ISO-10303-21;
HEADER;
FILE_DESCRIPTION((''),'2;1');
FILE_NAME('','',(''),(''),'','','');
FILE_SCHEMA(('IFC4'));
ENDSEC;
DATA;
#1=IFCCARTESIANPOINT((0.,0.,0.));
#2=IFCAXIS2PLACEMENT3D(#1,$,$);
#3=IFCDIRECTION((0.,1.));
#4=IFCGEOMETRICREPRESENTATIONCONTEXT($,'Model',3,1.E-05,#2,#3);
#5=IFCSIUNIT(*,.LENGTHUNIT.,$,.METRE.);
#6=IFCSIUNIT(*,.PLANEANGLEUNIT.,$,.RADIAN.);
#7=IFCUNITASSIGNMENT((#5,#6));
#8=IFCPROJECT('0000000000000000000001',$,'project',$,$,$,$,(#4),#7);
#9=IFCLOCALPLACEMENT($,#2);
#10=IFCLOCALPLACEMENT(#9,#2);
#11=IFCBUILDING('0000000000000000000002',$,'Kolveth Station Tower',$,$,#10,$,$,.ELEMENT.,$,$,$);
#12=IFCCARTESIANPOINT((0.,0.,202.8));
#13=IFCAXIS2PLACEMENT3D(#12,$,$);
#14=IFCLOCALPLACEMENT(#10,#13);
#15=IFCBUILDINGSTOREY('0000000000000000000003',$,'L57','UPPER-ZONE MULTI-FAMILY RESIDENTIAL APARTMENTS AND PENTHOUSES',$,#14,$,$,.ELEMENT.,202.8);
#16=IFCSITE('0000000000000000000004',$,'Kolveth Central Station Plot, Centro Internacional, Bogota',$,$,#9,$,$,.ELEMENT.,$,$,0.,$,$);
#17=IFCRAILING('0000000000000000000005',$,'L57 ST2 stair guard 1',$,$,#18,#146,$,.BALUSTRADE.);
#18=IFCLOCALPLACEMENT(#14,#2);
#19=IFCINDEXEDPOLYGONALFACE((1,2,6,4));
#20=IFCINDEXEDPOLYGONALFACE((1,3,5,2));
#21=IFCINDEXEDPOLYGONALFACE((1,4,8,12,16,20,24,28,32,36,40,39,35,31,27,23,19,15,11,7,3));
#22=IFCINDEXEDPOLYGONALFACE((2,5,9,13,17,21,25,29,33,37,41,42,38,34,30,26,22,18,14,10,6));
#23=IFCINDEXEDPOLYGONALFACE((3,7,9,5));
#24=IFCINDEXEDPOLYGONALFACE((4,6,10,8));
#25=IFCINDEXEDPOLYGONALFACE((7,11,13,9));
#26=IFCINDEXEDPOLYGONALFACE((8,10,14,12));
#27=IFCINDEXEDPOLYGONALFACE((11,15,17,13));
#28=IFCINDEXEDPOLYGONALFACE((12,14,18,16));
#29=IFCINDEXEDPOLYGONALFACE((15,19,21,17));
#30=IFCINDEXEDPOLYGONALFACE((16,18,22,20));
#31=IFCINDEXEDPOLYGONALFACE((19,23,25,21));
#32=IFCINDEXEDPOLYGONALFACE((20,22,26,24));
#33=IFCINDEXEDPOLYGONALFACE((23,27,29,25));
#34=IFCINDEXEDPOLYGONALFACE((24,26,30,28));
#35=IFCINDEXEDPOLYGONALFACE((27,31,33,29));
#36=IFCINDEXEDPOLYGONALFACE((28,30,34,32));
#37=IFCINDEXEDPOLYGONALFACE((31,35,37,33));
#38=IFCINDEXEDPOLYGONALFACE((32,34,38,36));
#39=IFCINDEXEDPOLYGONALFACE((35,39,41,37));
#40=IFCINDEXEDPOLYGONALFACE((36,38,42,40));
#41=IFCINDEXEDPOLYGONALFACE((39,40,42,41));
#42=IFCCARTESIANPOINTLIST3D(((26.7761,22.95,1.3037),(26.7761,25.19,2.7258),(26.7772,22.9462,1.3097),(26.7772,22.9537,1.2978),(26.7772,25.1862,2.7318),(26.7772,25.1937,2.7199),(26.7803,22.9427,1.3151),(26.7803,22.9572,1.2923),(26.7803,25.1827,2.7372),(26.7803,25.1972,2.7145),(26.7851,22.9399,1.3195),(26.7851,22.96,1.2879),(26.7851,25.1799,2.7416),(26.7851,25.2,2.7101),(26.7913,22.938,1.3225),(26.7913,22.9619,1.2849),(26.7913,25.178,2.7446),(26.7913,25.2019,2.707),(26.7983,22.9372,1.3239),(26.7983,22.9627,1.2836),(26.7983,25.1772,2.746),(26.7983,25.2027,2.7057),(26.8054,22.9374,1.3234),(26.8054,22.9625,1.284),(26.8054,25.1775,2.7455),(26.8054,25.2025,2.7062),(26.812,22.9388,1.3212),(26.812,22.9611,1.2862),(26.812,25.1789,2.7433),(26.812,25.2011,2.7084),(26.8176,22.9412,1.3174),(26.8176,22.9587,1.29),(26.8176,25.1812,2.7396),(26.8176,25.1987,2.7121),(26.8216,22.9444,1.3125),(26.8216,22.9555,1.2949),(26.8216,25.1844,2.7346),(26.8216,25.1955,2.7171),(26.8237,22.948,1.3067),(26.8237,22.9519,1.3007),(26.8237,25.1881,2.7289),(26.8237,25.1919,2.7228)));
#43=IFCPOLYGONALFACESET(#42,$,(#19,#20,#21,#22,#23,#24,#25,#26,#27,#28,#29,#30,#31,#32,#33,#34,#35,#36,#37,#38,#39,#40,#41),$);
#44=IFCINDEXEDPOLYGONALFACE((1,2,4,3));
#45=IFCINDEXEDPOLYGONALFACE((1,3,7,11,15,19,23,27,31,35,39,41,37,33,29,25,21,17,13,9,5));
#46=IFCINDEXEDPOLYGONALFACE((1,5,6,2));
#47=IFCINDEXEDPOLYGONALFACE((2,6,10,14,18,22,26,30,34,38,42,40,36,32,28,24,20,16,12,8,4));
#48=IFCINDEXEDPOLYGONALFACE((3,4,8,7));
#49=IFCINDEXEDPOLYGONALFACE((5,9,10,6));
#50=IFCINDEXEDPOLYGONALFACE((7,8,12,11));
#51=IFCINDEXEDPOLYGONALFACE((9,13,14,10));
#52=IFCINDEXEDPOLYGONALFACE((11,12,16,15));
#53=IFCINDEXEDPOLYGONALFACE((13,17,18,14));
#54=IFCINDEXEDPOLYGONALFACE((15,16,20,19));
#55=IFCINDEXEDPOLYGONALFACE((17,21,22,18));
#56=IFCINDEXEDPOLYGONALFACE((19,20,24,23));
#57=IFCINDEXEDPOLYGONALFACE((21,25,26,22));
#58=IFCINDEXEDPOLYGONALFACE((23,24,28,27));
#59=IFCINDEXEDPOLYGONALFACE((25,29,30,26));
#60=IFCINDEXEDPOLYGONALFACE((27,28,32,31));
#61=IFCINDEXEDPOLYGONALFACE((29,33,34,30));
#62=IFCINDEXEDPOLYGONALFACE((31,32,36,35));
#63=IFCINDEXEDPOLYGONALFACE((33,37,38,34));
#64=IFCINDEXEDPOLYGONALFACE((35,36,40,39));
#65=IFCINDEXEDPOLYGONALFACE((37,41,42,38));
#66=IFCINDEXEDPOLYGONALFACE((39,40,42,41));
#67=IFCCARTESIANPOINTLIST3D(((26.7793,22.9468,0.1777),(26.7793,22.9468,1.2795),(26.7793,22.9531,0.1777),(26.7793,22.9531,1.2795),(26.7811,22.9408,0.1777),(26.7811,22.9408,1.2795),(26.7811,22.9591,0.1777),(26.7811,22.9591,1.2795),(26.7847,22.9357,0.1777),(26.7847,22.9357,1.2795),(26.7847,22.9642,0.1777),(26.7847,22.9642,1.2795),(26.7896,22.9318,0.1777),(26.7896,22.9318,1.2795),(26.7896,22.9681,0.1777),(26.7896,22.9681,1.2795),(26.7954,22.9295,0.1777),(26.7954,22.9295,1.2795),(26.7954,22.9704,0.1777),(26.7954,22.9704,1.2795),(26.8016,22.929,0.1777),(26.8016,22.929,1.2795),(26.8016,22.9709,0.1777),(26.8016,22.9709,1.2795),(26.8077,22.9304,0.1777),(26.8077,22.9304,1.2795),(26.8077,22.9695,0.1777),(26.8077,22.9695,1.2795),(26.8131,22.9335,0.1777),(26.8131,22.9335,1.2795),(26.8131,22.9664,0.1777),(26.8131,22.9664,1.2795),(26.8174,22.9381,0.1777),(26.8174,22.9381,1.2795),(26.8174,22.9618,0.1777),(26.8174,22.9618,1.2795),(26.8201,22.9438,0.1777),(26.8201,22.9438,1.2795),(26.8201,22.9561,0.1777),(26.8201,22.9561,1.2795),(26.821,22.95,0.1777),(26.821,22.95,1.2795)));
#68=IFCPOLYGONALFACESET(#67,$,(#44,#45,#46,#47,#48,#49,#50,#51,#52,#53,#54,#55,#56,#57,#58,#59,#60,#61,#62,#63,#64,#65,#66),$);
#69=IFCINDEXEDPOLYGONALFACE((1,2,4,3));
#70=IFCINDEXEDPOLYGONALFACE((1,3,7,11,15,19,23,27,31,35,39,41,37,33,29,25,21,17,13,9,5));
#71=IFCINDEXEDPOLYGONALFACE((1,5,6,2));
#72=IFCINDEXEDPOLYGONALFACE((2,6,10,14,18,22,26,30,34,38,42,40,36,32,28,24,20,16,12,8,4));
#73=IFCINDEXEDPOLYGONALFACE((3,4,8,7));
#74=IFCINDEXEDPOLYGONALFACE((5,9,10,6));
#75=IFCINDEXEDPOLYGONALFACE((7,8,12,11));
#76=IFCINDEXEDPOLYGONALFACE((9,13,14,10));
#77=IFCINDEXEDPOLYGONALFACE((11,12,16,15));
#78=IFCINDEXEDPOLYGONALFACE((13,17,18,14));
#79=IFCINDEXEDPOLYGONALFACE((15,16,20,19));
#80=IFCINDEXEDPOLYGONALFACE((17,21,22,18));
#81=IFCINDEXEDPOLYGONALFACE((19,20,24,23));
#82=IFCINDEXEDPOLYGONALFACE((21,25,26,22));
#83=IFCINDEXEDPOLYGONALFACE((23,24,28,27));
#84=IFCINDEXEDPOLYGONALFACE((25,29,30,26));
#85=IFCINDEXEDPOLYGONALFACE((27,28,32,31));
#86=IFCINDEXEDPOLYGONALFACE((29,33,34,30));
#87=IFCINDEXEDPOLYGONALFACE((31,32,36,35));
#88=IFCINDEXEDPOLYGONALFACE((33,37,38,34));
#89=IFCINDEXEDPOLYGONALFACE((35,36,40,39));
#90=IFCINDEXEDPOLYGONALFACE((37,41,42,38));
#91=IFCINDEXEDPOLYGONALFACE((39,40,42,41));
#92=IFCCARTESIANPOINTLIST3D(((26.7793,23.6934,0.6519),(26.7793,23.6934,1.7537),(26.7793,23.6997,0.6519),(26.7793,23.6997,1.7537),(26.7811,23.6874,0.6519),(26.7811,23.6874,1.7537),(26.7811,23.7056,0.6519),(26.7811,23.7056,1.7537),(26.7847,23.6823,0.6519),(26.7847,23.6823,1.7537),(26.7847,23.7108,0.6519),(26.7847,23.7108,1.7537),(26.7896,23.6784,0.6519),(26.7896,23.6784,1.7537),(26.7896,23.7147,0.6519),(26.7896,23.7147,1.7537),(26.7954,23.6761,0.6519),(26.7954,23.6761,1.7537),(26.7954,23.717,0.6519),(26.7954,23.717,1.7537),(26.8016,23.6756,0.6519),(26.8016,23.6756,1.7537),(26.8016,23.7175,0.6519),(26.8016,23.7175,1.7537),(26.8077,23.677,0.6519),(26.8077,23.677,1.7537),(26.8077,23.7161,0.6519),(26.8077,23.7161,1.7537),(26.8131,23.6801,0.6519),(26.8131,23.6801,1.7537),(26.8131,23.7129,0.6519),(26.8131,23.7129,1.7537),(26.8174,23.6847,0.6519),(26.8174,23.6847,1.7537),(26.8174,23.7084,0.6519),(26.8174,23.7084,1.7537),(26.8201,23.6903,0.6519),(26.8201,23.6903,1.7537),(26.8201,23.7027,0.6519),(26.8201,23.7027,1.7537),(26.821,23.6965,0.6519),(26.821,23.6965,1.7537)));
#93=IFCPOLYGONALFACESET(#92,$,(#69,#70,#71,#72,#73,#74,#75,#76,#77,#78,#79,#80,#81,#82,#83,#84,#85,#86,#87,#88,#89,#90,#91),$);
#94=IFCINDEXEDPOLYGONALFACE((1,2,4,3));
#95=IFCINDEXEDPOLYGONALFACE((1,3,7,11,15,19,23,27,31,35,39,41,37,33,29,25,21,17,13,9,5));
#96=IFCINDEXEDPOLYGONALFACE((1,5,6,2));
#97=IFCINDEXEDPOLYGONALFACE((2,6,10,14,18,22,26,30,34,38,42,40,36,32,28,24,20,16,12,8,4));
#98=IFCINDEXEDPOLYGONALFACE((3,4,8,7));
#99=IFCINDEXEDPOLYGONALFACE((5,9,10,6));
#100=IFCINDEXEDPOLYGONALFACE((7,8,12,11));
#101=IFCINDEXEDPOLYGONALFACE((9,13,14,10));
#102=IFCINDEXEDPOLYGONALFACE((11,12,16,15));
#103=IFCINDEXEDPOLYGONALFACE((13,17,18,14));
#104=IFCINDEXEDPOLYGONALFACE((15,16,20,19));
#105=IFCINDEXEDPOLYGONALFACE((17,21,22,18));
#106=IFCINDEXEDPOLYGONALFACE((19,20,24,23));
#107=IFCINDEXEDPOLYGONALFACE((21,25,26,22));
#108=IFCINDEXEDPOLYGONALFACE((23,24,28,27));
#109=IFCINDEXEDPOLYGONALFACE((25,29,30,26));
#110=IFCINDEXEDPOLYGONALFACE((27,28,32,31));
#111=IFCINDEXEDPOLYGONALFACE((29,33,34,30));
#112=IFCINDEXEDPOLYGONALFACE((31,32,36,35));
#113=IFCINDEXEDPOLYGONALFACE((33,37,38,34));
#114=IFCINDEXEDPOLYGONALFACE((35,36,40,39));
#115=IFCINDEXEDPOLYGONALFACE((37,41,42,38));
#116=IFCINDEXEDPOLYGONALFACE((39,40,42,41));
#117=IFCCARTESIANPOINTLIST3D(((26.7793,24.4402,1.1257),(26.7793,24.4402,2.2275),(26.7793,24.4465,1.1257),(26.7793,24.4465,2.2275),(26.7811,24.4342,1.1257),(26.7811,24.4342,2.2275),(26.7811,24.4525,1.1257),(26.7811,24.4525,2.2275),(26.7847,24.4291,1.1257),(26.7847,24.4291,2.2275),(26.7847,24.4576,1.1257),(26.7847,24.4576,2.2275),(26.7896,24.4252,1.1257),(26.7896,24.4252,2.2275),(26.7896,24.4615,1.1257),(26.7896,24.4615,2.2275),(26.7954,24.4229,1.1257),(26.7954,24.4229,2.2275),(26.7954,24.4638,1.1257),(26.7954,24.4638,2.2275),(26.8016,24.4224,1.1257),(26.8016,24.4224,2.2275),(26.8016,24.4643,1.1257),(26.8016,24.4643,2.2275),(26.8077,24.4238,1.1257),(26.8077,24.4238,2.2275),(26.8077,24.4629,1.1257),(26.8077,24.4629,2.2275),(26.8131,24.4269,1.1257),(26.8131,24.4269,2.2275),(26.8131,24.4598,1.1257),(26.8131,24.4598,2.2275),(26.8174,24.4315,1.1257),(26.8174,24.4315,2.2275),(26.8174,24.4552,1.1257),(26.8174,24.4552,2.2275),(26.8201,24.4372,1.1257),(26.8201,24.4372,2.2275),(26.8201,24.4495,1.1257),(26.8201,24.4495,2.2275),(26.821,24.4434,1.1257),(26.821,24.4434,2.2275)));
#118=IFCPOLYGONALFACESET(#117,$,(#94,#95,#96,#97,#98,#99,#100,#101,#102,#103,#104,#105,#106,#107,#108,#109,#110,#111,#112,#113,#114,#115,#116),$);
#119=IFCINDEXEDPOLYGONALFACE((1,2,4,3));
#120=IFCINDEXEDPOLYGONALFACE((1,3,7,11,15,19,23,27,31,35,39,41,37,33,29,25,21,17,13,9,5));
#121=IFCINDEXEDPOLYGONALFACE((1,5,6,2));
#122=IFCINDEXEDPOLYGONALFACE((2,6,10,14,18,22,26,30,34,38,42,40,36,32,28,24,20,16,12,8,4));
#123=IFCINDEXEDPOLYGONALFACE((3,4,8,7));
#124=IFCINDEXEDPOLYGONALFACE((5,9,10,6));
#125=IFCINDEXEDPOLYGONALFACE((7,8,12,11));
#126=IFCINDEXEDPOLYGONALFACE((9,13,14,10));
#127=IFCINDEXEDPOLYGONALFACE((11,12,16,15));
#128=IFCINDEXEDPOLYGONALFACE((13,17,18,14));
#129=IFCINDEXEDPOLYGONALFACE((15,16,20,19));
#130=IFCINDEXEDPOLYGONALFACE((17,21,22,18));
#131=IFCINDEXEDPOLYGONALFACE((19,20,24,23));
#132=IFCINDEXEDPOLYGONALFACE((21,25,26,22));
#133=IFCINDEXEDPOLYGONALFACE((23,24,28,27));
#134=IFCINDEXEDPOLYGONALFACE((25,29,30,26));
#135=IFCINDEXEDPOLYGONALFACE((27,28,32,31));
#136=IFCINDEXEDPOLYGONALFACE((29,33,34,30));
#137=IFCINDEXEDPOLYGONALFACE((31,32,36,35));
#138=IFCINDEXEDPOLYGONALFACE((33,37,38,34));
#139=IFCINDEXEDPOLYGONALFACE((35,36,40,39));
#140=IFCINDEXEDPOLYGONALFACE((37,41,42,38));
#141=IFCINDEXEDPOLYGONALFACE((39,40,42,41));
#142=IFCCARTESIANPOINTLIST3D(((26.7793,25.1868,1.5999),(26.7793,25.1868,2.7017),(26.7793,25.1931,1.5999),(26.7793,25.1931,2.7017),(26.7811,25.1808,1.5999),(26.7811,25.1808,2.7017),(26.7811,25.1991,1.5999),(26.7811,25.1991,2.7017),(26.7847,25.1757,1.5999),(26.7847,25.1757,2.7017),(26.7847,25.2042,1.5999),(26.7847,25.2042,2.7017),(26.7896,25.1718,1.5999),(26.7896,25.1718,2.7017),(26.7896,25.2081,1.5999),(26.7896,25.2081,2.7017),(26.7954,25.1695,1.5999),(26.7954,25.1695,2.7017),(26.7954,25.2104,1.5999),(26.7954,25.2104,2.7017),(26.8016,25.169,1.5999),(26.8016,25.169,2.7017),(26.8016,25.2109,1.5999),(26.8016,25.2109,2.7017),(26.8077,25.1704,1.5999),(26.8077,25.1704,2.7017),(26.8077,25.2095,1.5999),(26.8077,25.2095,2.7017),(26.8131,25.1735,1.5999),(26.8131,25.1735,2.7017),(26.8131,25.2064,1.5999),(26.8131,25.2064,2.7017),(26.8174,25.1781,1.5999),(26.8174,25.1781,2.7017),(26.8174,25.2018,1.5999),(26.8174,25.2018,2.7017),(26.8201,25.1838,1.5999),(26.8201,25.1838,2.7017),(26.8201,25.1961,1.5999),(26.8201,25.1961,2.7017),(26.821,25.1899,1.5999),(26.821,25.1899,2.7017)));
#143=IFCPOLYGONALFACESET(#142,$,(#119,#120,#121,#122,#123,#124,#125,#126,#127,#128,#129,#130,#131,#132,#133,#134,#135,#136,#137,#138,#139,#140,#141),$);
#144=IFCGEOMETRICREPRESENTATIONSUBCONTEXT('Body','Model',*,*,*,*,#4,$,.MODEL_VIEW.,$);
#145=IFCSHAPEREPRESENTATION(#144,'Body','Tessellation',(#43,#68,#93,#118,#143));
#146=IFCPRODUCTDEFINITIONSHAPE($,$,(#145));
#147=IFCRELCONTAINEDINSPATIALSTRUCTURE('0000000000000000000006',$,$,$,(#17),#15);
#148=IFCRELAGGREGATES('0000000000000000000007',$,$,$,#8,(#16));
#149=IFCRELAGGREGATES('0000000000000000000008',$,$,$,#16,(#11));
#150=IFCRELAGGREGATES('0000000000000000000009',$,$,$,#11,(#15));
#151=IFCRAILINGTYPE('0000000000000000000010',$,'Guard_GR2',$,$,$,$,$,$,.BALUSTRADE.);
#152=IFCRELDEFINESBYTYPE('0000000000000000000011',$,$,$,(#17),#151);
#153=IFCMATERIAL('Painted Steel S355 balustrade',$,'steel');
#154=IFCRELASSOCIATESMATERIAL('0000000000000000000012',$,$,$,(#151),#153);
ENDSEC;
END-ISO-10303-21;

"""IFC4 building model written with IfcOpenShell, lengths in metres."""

from ifc_helpers import new_model, si_unit, direction, frame, origin, origin_2d, place, context, subcontext, project, spatial, circle, extrude, material, type_object, element, save


model = new_model("IFC4")

# Units and contexts
model_context = context("Model", 3, precision=1e-05, world=origin(), true_north=direction((0.0, 1.0)))
body_context = subcontext(model_context, "Body", "Model", "MODEL_VIEW")
ifc_project = project(units=[si_unit("LENGTHUNIT", "METRE"), si_unit("PLANEANGLEUNIT", "RADIAN")], contexts=[model_context])

# Site, building, storey
site_placement = place(None, origin())
site = spatial("IfcSite", under=ifc_project, at=site_placement, Name="Kolveth Central Station Plot, Centro Internacional, Bogota", CompositionType="ELEMENT", RefElevation=0.0)
building_placement = place(site_placement, origin())
building = spatial("IfcBuilding", under=site, at=building_placement, Name="Kolveth Station Tower", CompositionType="ELEMENT")
storey_placement = place(building_placement, frame((0.0, 0.0, 202.8)))
storey = spatial("IfcBuildingStorey", under=building, at=storey_placement, Name="L57", Description="UPPER-ZONE MULTI-FAMILY RESIDENTIAL APARTMENTS AND PENTHOUSES", CompositionType="ELEMENT", Elevation=202.8)

# Railing
ifc_material_1 = material(Name="Painted Steel S355 balustrade", Category="steel")
railing_type_1 = type_object("IfcRailingType", Name="Guard_GR2", PredefinedType="BALUSTRADE", material=ifc_material_1)
for number, where, name in (
    (1, (26.8, 22.95, 0.1777), "L57 ST2 stair guard 1"),
):
    element("IfcRailing", number, at=place(storey_placement, frame(where)), inside=storey, type_object=railing_type_1, Name=name, PredefinedType="BALUSTRADE", context=body_context, shape_type="SweptSolid", body=[
        extrude(circle(Radius=0.0239, at=origin_2d()), frame((0.0, 0.0, 1.126), z_axis=(0.0, 0.844229, 0.535982), x_axis=(-1.0, 0.0, 0.0)), (0.0, 0.0, 1.0), 2.6533),
        extrude(circle(Radius=0.021, at=origin_2d()), origin(), (0.0, 0.0, 1.0), 1.1018),
        extrude(circle(Radius=0.021, at=origin_2d()), frame((0.0, 0.7466, 0.4741)), (0.0, 0.0, 1.0), 1.1018),
        extrude(circle(Radius=0.021, at=origin_2d()), frame((0.0, 1.4934, 0.948)), (0.0, 0.0, 1.0), 1.1018),
        extrude(circle(Radius=0.021, at=origin_2d()), frame((0.0, 2.24, 1.4221)), (0.0, 0.0, 1.0), 1.1018),
    ])

save(model, "model.ifc")
